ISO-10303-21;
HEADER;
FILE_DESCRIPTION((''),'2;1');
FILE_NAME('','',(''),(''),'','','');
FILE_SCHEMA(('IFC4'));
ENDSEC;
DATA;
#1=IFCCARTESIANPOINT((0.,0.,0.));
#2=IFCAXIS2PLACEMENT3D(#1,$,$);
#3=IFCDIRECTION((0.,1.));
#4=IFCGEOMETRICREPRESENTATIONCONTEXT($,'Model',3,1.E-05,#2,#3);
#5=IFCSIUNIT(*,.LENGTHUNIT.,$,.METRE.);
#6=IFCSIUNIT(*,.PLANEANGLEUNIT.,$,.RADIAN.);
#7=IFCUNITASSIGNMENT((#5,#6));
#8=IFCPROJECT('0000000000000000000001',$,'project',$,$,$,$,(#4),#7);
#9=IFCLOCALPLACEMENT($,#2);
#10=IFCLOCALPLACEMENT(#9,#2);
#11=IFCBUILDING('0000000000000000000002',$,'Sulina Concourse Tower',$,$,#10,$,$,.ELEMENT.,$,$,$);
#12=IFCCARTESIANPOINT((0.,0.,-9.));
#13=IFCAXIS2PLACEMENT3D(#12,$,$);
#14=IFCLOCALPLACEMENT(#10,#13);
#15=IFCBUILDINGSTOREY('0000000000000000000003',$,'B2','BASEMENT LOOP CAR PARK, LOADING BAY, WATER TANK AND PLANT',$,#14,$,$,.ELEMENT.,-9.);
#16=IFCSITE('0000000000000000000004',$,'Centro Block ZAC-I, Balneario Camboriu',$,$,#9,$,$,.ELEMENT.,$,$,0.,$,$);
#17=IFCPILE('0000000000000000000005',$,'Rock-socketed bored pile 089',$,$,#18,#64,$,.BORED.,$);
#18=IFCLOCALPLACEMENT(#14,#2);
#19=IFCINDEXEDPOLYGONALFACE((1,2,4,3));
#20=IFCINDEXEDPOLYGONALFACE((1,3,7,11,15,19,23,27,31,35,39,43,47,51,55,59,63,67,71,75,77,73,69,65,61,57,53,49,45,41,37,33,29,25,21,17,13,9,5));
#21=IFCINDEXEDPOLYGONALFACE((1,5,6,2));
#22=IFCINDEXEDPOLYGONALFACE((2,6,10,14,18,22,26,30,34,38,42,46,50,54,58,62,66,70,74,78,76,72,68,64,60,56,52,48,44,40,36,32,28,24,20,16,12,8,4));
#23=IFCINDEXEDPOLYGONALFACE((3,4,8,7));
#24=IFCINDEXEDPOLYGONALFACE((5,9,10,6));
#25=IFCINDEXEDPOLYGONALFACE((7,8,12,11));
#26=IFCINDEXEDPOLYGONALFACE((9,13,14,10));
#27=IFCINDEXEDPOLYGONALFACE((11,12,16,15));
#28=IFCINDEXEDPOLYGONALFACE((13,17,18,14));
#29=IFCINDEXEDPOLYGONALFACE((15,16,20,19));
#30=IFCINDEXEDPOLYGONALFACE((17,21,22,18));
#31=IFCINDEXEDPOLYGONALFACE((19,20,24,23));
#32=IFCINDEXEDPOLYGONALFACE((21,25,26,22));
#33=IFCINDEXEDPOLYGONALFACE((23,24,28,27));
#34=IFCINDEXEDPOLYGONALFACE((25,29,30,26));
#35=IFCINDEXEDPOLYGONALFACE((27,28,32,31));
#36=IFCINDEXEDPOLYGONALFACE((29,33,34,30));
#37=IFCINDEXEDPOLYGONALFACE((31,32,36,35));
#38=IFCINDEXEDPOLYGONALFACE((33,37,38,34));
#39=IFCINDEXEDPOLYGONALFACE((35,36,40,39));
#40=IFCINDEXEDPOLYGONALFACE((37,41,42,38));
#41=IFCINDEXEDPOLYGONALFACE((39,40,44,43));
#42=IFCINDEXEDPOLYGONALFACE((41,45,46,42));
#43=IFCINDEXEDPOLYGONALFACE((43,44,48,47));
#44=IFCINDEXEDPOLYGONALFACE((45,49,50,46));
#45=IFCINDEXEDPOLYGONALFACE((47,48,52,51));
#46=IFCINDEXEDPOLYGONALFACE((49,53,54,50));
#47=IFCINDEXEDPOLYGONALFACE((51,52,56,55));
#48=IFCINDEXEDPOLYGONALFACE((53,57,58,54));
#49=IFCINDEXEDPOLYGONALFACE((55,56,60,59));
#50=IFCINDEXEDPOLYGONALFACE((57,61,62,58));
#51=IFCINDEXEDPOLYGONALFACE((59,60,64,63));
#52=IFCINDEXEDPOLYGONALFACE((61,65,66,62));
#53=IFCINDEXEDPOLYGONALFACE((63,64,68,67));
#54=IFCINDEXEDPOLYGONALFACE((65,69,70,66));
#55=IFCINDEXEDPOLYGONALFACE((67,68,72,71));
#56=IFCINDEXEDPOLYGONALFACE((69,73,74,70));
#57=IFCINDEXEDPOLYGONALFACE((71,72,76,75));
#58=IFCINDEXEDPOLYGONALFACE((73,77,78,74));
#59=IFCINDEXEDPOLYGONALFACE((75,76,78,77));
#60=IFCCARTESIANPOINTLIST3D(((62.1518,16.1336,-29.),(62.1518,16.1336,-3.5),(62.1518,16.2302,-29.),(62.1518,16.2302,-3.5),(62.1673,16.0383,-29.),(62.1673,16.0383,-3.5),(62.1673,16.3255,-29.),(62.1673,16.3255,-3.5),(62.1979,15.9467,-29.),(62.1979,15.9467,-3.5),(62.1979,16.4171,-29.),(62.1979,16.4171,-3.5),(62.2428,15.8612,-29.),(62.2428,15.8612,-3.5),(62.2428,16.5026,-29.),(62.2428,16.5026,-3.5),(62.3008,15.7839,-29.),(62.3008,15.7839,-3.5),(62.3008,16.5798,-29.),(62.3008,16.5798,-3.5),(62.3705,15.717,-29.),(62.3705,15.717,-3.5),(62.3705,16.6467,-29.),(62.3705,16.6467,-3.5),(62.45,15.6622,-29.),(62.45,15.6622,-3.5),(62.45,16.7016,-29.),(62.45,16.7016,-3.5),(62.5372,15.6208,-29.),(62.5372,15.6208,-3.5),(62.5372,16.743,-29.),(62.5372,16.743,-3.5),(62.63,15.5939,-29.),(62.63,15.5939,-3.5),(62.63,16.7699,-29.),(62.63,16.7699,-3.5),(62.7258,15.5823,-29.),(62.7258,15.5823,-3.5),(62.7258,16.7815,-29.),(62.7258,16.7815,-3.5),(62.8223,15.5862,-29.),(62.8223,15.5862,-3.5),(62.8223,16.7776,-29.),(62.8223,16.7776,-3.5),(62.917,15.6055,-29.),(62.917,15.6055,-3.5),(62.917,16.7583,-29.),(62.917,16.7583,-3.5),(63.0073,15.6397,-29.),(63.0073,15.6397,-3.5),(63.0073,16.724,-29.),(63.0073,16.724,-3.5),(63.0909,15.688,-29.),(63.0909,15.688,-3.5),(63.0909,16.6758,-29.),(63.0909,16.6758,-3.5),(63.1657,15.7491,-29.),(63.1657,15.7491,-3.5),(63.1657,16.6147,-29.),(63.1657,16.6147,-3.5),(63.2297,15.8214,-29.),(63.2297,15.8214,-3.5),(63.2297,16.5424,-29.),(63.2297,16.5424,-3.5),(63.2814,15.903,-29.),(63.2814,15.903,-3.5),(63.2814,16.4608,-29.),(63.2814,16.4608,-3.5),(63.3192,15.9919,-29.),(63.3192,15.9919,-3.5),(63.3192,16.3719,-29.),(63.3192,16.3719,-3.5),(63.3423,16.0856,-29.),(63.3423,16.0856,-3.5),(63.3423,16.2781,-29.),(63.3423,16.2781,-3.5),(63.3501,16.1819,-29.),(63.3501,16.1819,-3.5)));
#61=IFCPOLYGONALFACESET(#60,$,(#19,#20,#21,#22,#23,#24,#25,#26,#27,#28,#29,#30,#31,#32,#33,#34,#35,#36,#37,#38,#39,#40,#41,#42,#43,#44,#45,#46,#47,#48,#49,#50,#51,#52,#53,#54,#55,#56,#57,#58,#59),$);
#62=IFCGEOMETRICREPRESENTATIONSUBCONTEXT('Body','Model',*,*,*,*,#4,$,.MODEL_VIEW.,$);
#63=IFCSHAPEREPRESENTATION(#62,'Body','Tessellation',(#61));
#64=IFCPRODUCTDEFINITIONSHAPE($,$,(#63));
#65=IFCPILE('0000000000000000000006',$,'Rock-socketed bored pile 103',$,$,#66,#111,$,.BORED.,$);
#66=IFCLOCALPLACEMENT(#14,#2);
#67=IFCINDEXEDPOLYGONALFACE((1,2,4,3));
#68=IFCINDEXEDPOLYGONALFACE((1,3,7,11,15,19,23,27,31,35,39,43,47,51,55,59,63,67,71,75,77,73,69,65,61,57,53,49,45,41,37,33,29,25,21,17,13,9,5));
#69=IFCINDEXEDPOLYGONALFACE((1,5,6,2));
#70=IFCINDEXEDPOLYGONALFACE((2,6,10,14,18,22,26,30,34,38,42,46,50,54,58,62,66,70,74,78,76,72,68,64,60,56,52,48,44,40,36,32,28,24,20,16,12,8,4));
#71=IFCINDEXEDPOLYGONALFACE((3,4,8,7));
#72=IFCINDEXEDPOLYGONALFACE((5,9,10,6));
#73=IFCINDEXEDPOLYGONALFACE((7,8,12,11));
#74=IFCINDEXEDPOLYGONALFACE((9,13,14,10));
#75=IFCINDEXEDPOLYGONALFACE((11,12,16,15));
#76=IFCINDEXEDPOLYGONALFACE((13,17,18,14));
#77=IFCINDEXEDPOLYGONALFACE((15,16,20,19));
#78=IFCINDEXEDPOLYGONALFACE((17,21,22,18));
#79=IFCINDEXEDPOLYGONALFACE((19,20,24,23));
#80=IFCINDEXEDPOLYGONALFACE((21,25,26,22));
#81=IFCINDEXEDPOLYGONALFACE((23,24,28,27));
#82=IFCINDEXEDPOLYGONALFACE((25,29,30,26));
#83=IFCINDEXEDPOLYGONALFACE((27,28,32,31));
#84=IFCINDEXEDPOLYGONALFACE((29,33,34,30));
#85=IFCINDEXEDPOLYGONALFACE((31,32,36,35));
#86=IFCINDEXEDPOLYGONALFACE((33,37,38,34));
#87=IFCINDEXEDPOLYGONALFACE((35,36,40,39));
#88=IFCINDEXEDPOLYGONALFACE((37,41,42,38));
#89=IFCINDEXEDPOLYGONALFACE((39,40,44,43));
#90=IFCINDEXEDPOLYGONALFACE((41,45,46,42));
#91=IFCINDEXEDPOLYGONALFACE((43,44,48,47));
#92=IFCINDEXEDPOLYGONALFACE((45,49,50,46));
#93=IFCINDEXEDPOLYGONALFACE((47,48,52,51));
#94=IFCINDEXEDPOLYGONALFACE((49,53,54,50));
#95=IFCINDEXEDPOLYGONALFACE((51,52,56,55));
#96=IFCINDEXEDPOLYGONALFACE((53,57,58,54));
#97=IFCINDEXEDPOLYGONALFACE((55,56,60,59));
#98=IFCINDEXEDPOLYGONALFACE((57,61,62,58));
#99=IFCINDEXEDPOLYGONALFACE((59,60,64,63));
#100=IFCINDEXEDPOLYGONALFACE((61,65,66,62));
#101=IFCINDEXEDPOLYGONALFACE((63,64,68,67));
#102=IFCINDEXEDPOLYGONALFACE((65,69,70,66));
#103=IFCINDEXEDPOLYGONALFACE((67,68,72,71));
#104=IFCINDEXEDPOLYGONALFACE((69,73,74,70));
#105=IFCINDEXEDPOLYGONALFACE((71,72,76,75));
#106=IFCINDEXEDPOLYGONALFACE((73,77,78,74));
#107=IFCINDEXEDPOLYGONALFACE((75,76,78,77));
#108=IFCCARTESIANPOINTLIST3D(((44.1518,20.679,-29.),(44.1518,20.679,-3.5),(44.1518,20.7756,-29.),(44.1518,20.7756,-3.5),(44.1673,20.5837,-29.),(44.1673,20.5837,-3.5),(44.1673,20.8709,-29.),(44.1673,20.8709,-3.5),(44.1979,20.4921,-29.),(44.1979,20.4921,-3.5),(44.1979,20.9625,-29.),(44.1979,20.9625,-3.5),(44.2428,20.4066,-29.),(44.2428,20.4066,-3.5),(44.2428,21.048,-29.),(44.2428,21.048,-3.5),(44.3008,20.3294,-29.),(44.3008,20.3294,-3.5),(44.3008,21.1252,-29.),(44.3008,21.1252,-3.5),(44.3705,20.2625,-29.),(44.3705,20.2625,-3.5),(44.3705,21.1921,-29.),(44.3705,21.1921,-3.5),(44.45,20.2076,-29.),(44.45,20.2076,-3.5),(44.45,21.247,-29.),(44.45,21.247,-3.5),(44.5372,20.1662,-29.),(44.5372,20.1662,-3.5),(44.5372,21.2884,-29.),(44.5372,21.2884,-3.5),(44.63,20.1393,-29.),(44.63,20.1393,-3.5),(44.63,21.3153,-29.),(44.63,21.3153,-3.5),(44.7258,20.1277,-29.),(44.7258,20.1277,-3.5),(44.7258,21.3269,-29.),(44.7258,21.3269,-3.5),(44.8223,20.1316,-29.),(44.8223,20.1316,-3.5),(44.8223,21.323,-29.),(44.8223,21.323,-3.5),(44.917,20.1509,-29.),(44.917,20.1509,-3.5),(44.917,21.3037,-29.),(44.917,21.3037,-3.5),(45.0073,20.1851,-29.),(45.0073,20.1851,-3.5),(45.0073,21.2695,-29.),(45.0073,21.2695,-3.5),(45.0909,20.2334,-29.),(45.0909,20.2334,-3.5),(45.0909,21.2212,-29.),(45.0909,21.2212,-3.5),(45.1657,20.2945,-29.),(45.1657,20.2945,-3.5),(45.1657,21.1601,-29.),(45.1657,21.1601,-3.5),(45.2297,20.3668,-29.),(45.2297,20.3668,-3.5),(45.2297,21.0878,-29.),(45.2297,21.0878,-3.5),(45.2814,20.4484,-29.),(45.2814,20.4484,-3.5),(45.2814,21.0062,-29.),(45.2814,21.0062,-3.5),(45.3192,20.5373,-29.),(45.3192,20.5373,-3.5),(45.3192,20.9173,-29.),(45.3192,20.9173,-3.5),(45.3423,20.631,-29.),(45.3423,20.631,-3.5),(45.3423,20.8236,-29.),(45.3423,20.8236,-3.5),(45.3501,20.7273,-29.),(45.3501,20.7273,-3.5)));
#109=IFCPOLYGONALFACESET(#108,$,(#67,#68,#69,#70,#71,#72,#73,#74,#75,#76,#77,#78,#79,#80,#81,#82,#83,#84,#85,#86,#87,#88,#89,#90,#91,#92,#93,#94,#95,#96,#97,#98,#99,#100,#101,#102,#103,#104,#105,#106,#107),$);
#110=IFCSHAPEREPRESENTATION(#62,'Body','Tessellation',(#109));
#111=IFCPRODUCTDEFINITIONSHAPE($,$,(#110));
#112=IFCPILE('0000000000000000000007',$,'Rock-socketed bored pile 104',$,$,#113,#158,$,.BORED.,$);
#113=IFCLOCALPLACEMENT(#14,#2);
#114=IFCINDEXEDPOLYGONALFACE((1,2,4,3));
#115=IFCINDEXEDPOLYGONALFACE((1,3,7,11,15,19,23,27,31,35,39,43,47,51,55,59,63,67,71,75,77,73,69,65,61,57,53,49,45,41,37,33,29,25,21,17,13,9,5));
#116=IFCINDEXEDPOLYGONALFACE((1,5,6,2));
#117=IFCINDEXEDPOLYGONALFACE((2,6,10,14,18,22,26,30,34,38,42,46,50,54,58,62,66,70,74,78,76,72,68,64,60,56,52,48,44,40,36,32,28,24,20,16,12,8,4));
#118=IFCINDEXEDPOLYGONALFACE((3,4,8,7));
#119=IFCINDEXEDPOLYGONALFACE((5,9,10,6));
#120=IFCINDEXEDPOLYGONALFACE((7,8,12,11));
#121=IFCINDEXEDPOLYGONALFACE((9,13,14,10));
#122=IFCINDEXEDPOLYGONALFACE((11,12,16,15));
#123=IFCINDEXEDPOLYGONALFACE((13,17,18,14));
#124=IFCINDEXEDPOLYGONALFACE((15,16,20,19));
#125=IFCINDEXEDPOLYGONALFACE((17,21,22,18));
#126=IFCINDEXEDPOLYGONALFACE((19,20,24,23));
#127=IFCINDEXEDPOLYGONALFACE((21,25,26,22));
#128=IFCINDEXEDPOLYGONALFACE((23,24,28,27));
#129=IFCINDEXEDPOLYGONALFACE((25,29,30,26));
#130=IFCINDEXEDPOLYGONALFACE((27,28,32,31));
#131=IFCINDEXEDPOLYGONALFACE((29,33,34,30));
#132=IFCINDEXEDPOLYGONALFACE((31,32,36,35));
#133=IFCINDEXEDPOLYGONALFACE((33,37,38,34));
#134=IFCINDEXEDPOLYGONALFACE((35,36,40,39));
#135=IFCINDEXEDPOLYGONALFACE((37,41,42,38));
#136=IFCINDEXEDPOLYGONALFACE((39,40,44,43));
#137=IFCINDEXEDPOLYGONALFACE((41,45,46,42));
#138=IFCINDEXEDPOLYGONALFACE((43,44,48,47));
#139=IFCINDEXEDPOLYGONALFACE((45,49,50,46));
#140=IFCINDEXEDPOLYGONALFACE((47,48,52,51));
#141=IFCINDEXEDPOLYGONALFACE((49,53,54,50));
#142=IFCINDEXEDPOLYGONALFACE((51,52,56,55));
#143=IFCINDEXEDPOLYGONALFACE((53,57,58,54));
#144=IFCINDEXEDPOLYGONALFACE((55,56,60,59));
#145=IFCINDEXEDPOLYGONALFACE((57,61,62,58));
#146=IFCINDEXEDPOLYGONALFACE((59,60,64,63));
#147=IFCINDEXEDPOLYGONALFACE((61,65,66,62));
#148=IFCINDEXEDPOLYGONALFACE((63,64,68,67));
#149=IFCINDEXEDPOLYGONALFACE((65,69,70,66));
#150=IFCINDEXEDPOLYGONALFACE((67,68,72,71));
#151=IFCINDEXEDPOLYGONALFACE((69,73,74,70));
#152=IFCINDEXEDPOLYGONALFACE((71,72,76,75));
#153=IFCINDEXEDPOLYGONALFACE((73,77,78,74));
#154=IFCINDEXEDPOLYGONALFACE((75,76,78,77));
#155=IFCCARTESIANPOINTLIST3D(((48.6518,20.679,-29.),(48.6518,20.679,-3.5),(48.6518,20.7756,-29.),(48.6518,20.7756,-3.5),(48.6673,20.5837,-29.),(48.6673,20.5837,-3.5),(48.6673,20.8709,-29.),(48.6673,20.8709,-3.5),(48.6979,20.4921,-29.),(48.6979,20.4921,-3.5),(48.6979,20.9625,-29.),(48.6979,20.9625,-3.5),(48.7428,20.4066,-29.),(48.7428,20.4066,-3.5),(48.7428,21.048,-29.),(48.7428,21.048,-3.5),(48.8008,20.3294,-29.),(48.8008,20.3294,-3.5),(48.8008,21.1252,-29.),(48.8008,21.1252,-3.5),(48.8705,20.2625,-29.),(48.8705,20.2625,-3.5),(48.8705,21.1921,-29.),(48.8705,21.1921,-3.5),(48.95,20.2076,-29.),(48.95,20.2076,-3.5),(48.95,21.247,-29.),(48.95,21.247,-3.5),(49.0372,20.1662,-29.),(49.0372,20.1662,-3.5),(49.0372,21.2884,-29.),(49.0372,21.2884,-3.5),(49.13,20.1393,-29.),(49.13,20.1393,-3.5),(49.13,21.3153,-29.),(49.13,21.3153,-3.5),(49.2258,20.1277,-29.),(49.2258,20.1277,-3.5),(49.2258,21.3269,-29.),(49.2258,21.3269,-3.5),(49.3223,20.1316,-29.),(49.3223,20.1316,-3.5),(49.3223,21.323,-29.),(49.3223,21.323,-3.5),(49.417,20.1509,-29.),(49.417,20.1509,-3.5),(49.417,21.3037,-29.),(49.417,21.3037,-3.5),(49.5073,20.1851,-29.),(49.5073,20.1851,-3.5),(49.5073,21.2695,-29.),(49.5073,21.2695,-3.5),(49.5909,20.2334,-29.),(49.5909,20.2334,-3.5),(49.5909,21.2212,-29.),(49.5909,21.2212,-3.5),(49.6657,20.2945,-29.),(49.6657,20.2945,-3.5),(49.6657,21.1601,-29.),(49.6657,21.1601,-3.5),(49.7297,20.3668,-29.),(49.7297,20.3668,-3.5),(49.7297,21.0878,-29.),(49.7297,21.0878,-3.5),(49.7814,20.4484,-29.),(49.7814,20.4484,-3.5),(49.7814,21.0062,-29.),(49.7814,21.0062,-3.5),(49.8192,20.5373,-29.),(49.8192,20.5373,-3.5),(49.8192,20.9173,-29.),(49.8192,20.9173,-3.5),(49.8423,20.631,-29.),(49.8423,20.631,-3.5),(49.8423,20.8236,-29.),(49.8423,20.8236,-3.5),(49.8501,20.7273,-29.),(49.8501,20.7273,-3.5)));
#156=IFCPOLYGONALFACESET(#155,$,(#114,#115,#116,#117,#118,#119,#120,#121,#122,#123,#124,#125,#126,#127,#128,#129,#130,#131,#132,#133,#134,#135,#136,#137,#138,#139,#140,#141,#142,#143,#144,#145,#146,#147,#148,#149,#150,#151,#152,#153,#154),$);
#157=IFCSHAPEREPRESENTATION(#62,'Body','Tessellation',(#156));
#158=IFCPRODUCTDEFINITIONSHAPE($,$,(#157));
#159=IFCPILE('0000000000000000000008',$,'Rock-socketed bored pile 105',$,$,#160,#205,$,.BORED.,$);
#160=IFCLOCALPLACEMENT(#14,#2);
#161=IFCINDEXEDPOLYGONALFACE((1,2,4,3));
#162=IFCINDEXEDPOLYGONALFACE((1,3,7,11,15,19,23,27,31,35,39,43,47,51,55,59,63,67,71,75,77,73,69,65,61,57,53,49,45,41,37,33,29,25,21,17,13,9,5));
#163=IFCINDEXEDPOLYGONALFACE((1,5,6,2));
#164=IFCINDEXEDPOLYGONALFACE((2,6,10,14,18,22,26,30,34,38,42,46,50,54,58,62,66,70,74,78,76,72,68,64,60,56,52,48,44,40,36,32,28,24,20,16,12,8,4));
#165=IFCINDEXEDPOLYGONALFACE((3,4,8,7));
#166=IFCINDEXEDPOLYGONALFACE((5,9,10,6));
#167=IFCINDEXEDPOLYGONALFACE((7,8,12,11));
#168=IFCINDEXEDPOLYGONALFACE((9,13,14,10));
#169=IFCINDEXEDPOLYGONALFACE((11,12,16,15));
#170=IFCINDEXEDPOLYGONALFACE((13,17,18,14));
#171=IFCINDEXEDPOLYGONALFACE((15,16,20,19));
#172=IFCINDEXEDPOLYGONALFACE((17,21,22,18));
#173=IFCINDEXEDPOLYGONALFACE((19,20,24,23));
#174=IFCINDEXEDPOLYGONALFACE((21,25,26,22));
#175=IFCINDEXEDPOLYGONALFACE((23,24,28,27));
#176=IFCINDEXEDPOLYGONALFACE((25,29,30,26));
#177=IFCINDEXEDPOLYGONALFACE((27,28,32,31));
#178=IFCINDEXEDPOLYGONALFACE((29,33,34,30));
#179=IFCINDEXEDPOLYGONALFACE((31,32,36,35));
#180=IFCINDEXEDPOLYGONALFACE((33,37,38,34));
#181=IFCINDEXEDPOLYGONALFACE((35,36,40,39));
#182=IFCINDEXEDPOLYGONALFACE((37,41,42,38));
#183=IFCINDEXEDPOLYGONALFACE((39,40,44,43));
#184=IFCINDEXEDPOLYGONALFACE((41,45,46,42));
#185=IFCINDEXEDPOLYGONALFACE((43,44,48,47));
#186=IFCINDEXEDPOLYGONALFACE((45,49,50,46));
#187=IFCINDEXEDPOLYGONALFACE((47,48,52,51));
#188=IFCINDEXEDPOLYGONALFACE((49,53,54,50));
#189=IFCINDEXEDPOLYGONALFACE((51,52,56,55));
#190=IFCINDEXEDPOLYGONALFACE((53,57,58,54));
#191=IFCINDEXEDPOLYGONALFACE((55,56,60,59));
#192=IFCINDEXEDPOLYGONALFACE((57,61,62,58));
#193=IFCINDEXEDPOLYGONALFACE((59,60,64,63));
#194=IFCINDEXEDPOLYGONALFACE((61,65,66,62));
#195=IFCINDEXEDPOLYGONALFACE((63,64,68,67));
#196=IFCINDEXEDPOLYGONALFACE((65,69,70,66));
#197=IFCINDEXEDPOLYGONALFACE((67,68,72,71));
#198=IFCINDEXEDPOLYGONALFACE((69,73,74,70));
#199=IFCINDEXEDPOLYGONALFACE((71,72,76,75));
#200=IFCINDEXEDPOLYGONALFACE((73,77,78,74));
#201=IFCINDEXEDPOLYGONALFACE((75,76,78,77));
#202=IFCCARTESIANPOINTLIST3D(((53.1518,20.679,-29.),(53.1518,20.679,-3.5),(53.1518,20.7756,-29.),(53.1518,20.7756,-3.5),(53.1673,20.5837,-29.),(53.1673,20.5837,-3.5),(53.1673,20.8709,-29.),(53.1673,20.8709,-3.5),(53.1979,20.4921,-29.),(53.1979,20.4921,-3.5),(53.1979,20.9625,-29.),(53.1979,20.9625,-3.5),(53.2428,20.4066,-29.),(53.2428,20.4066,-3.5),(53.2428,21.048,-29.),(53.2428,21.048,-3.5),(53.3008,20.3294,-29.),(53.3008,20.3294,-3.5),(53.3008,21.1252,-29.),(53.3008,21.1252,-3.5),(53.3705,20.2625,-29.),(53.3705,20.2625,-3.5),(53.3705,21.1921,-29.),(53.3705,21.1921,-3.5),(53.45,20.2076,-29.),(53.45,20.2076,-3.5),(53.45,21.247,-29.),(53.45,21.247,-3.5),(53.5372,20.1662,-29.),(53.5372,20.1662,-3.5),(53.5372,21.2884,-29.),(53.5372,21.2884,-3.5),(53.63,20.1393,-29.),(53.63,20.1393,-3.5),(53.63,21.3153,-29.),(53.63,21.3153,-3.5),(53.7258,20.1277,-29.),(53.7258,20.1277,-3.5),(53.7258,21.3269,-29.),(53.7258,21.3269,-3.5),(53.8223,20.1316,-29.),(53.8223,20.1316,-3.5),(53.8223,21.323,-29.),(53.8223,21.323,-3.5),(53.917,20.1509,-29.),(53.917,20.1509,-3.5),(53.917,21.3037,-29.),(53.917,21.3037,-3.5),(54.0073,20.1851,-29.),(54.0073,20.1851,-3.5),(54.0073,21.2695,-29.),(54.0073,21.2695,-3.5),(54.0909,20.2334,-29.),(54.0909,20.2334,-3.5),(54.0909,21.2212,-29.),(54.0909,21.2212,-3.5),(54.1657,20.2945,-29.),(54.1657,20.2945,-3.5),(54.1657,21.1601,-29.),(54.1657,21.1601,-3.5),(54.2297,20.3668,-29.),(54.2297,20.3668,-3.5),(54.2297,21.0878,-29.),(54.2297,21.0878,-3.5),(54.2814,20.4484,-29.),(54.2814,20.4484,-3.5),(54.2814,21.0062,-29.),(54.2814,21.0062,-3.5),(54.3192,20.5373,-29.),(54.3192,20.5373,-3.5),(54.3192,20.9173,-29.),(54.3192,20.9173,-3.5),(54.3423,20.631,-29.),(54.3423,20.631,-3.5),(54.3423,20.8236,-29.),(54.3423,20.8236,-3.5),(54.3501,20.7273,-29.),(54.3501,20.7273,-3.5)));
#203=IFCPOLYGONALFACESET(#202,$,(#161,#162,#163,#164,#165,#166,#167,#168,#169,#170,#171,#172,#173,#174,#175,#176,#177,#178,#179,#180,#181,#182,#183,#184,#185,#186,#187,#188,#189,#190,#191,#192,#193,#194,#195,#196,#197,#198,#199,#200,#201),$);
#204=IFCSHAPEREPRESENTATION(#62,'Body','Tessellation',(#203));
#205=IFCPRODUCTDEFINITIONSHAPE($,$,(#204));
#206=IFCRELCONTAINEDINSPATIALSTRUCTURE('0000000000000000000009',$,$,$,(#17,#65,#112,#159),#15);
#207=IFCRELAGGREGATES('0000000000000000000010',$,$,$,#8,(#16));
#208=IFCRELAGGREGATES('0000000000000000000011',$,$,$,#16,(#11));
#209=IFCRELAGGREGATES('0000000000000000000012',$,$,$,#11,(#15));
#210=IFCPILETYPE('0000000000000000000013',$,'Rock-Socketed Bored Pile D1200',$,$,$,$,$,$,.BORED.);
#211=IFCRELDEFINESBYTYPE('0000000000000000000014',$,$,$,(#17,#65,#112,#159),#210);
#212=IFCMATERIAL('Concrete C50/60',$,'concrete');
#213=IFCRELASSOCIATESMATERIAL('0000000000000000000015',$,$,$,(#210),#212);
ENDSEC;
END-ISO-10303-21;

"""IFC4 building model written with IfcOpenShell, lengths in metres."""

from ifc_helpers import new_model, si_unit, direction, frame, origin, origin_2d, place, context, subcontext, project, spatial, circle, extrude, material, material_profile, profile_set, type_object, element, save


model = new_model("IFC4")

# Units and contexts
model_context = context("Model", 3, precision=1e-05, world=origin(), true_north=direction((0.0, 1.0)))
body_context = subcontext(model_context, "Body", "Model", "MODEL_VIEW")
ifc_project = project(units=[si_unit("LENGTHUNIT", "METRE"), si_unit("PLANEANGLEUNIT", "RADIAN")], contexts=[model_context])

# Site, building, storey
site_placement = place(None, origin())
site = spatial("IfcSite", under=ifc_project, at=site_placement, Name="Centro Block ZAC-I, Balneario Camboriu", CompositionType="ELEMENT", RefElevation=0.0)
building_placement = place(site_placement, origin())
building = spatial("IfcBuilding", under=site, at=building_placement, Name="Sulina Concourse Tower", CompositionType="ELEMENT")
storey_placement = place(building_placement, frame((0.0, 0.0, -9.0)))
storey = spatial("IfcBuildingStorey", under=building, at=storey_placement, Name="B2", Description="BASEMENT LOOP CAR PARK, LOADING BAY, WATER TANK AND PLANT", CompositionType="ELEMENT", Elevation=-9.0)

# Piles
ifc_material_1 = material(Name="Concrete C50/60", Category="concrete")
ifc_material_profile_1 = material_profile(ifc_material_1, circle(Radius=0.6001, at=origin_2d()), Name="PILE D1200")
ifc_profile_set_1 = profile_set([ifc_material_profile_1], Name="Concrete C50/60")
pile_type_1 = type_object("IfcPileType", Name="Rock-Socketed Bored Pile D1200", PredefinedType="BORED", material=ifc_profile_set_1)
for number, where, z_axis, x_axis, name in (
    (1, (62.75, 16.1819, -3.5), (0.0, 0.0, -1.0), (1.0, 0.0, 0.0), "Rock-socketed bored pile 089"),
    (2, (44.75, 20.7273, -3.5), (0.0, 0.0, -1.0), (1.0, 0.0, 0.0), "Rock-socketed bored pile 103"),
    (3, (49.25, 20.7273, -3.5), (0.0, 0.0, -1.0), (1.0, 0.0, 0.0), "Rock-socketed bored pile 104"),
    (4, (53.75, 20.7273, -3.5), (0.0, 0.0, -1.0), (1.0, 0.0, 0.0), "Rock-socketed bored pile 105"),
):
    element("IfcPile", number, at=place(storey_placement, frame(where, z_axis=z_axis, x_axis=x_axis)), inside=storey, type_object=pile_type_1, Name=name, PredefinedType="BORED", context=body_context, shape_type="SweptSolid", body=[
        extrude(circle(Radius=0.6001, at=origin_2d()), origin(), (0.0, 0.0, 1.0), 25.5),
    ])

save(model, "model.ifc")
